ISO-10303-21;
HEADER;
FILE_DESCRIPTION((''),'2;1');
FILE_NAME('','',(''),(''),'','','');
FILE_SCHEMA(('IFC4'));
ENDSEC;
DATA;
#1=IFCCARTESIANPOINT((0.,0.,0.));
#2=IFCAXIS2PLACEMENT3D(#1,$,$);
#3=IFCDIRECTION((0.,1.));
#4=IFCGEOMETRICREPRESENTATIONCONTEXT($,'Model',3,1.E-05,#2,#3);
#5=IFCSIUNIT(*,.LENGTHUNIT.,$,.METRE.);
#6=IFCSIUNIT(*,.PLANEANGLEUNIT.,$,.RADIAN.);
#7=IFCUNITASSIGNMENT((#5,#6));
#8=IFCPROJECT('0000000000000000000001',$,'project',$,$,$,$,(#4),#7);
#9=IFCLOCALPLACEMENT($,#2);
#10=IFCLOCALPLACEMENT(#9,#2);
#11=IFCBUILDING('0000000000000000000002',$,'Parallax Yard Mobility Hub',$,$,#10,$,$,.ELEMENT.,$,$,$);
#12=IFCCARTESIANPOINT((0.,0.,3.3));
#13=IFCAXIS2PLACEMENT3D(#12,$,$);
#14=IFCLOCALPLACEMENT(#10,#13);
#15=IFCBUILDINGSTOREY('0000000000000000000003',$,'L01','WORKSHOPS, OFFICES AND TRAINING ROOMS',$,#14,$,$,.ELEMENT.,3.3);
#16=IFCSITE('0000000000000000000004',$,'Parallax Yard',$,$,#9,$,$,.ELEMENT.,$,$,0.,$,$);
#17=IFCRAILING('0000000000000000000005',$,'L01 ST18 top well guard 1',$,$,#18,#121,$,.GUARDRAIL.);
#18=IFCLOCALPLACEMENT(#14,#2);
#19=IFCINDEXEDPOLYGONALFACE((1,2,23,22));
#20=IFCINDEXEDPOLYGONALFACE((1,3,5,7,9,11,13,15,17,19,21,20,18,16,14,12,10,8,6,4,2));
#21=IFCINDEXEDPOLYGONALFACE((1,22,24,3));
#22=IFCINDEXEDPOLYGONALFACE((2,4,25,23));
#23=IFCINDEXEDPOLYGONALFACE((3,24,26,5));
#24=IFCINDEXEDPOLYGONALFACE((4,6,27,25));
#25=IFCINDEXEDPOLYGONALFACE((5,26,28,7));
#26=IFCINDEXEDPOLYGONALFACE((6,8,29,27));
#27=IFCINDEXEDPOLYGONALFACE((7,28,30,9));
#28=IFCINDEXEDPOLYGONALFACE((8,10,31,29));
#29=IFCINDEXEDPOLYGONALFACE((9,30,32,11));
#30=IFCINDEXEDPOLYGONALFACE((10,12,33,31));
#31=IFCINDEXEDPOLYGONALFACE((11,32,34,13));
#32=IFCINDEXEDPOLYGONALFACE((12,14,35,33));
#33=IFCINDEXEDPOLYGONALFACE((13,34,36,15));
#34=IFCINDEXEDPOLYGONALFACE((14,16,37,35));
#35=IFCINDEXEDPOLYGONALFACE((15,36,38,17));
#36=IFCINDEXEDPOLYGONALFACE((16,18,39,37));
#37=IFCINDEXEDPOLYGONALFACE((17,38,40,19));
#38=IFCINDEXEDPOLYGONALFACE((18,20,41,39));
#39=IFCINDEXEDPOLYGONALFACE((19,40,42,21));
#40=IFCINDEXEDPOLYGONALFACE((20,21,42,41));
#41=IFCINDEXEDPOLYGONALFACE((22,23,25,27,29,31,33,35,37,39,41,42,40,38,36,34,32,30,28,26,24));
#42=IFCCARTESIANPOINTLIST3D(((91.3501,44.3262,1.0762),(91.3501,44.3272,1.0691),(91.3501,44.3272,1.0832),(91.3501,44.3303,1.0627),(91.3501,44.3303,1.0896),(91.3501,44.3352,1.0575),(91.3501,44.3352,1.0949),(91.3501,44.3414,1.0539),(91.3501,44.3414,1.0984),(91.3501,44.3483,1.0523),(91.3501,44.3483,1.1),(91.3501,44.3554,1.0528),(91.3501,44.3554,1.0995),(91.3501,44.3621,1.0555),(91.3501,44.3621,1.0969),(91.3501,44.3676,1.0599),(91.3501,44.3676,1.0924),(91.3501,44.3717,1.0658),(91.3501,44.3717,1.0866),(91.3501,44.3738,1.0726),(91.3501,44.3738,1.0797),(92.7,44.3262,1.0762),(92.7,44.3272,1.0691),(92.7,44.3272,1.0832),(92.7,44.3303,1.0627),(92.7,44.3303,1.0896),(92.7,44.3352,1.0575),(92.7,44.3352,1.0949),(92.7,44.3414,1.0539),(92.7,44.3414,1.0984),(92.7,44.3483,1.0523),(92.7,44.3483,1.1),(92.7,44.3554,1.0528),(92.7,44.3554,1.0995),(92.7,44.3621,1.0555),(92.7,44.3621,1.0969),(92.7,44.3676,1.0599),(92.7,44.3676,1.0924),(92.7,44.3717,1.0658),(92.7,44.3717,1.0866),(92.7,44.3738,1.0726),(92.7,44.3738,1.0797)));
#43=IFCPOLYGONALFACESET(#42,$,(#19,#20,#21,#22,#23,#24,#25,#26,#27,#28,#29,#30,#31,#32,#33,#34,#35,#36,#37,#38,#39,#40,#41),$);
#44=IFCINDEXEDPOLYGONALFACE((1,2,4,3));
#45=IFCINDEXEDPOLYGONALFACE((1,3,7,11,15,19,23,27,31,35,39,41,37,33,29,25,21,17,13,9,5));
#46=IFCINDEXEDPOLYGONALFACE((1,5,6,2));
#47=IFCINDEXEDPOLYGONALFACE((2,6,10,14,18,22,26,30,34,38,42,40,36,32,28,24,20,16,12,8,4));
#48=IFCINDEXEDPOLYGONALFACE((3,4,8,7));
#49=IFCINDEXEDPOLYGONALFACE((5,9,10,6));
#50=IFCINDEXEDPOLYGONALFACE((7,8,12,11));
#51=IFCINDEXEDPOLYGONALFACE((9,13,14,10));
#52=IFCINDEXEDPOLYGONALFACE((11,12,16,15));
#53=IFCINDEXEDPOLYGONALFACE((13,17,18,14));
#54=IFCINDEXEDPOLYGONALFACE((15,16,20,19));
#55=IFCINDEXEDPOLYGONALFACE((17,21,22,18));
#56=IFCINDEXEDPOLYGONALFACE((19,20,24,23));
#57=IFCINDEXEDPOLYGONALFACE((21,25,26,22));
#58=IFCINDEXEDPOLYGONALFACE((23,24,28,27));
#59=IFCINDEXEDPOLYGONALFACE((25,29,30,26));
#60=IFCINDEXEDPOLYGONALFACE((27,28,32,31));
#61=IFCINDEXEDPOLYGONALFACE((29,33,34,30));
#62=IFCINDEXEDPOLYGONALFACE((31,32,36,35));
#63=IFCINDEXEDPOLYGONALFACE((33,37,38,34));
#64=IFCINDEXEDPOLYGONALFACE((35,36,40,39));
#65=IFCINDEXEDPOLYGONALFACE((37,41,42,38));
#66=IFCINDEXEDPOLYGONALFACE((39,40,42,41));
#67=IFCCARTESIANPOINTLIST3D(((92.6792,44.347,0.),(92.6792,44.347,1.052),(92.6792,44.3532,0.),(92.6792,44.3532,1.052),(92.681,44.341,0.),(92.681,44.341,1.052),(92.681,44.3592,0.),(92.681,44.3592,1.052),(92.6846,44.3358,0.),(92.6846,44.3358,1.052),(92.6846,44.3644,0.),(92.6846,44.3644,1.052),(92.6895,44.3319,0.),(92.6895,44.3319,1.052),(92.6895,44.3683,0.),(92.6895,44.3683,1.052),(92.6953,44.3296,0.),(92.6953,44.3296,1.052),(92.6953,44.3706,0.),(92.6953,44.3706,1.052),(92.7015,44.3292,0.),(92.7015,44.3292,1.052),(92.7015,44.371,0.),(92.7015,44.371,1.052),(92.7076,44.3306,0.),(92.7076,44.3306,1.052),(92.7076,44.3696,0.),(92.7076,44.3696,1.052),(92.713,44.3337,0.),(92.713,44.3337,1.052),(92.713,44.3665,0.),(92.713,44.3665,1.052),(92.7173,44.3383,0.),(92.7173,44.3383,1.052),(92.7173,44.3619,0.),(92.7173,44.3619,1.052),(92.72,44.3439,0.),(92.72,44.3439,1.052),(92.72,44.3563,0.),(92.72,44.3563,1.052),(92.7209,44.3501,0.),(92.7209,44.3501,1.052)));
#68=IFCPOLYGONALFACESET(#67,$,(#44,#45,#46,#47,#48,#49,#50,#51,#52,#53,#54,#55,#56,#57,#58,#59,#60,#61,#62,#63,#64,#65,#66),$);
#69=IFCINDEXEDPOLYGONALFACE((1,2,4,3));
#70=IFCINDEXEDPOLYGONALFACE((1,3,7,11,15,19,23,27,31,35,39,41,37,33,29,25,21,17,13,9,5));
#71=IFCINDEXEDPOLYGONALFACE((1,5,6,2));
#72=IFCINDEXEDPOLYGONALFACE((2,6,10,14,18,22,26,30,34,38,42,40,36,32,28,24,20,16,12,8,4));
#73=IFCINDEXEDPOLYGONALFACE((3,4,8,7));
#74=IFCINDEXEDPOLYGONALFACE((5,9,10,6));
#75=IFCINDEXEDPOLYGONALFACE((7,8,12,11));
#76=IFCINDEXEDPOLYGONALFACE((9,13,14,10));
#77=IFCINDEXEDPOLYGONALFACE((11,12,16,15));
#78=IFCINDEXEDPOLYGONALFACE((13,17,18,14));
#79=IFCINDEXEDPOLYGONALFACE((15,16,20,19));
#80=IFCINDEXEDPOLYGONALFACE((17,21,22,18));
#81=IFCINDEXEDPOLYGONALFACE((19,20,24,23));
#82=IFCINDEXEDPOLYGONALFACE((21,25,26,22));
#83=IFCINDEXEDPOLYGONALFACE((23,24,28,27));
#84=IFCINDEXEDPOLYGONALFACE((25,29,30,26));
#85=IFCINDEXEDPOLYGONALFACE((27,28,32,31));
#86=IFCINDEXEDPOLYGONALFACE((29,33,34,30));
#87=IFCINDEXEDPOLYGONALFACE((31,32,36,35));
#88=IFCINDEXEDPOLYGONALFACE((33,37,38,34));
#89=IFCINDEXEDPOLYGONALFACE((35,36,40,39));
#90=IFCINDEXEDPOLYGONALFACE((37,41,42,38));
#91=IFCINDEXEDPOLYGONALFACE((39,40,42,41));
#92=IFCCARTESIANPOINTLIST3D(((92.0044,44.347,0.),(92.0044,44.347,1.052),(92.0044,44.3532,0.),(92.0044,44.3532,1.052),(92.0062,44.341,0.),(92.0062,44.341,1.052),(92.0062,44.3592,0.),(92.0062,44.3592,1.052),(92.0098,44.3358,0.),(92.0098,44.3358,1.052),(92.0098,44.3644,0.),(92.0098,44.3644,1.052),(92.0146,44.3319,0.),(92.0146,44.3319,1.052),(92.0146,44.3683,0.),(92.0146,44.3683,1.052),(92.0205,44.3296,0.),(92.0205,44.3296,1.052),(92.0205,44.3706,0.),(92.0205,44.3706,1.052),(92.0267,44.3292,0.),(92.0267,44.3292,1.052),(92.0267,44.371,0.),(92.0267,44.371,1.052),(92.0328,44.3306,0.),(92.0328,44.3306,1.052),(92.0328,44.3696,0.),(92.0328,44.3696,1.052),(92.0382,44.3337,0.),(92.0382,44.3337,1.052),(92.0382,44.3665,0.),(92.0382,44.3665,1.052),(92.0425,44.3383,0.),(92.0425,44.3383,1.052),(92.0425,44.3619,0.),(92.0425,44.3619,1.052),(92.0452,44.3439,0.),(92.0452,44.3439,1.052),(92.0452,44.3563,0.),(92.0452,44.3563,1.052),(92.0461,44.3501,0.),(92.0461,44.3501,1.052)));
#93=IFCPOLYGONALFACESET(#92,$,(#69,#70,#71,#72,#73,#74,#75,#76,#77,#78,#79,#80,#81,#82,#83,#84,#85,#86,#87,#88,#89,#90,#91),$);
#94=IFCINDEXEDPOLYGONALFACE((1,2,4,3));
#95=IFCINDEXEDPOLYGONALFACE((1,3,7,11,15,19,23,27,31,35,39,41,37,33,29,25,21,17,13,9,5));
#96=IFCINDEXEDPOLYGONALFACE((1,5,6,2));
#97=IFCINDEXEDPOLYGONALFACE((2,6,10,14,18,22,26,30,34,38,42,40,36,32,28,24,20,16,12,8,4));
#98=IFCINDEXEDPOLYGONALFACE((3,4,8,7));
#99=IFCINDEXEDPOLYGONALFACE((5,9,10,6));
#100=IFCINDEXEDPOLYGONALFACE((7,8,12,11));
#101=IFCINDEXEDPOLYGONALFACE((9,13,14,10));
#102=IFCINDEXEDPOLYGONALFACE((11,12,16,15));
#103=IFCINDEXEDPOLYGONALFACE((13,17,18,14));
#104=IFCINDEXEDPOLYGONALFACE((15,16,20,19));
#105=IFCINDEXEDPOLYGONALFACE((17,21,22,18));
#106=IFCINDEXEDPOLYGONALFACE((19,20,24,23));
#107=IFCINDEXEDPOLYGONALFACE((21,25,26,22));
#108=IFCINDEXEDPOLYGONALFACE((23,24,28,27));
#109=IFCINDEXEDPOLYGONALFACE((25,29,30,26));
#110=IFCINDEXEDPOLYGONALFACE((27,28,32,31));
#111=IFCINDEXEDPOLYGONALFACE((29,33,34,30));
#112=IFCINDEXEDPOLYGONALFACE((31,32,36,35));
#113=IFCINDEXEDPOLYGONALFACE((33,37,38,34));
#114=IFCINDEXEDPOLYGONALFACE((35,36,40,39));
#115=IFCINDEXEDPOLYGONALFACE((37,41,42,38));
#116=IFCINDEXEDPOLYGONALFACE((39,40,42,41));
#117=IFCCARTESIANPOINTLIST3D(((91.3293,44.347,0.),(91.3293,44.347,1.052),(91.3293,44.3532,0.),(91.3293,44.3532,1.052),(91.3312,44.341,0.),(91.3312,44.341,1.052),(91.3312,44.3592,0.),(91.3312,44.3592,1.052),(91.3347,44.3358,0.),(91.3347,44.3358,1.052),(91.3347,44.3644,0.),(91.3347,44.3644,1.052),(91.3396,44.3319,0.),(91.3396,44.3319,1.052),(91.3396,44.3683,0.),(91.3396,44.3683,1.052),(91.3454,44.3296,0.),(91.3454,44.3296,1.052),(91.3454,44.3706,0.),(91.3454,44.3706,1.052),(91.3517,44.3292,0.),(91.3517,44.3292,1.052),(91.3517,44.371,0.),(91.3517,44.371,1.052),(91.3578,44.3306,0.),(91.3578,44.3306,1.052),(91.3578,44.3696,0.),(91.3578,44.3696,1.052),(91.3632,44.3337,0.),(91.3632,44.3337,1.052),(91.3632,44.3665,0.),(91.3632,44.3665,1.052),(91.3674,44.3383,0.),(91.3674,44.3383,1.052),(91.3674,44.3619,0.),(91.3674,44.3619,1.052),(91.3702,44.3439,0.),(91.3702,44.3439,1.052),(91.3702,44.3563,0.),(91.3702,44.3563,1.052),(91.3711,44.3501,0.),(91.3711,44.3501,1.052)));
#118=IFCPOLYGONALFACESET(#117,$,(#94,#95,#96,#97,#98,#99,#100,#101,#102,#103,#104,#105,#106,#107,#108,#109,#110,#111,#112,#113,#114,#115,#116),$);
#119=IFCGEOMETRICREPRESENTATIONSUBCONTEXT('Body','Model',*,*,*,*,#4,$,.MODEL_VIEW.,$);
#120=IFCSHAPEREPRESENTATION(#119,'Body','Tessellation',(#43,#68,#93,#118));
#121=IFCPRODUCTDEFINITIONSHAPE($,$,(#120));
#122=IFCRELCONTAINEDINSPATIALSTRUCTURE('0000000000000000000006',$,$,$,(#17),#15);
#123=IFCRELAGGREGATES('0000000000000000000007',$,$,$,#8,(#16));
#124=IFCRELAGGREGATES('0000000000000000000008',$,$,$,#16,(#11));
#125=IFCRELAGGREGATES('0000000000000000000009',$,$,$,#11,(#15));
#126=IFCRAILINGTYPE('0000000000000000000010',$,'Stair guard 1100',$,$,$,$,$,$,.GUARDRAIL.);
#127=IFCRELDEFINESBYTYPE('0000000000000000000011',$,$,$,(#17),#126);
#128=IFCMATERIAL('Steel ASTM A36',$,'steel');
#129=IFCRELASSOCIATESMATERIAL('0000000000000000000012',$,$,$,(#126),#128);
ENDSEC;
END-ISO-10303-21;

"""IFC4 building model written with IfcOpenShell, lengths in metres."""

from ifc_helpers import new_model, si_unit, direction, frame, origin, origin_2d, place, context, subcontext, project, spatial, circle, extrude, material, type_object, element, save


model = new_model("IFC4")

# Units and contexts
model_context = context("Model", 3, precision=1e-05, world=origin(), true_north=direction((0.0, 1.0)))
body_context = subcontext(model_context, "Body", "Model", "MODEL_VIEW")
ifc_project = project(units=[si_unit("LENGTHUNIT", "METRE"), si_unit("PLANEANGLEUNIT", "RADIAN")], contexts=[model_context])

# Site, building, storey
site_placement = place(None, origin())
site = spatial("IfcSite", under=ifc_project, at=site_placement, Name="Parallax Yard", CompositionType="ELEMENT", RefElevation=0.0)
building_placement = place(site_placement, origin())
building = spatial("IfcBuilding", under=site, at=building_placement, Name="Parallax Yard Mobility Hub", CompositionType="ELEMENT")
storey_placement = place(building_placement, frame((0.0, 0.0, 3.3)))
storey = spatial("IfcBuildingStorey", under=building, at=storey_placement, Name="L01", Description="WORKSHOPS, OFFICES AND TRAINING ROOMS", CompositionType="ELEMENT", Elevation=3.3)

# Railing
ifc_material_1 = material(Name="Steel ASTM A36", Category="steel")
railing_type = type_object("IfcRailingType", Name="Stair guard 1100", PredefinedType="GUARDRAIL", material=ifc_material_1)
railing_placement = place(storey_placement, frame((92.7, 44.3501, 0.0)))
element("IfcRailing", 1, at=railing_placement, inside=storey, type_object=railing_type, Name="L01 ST18 top well guard 1", PredefinedType="GUARDRAIL", context=body_context, shape_type="SweptSolid", body=[
    extrude(circle(Radius=0.0239, at=origin_2d()), frame((0.0, 0.0, 1.0762), z_axis=(-1.0, 0.0, 0.0), x_axis=(0.0, -1.0, 0.0)), (0.0, 0.0, 1.0), 1.3499),
    extrude(circle(Radius=0.021, at=origin_2d()), origin(), (0.0, 0.0, 1.0), 1.052),
    extrude(circle(Radius=0.021, at=origin_2d()), frame((-0.6748, 0.0, 0.0)), (0.0, 0.0, 1.0), 1.052),
    extrude(circle(Radius=0.021, at=origin_2d()), frame((-1.3499, 0.0, 0.0)), (0.0, 0.0, 1.0), 1.052),
])

save(model, "model.ifc")
